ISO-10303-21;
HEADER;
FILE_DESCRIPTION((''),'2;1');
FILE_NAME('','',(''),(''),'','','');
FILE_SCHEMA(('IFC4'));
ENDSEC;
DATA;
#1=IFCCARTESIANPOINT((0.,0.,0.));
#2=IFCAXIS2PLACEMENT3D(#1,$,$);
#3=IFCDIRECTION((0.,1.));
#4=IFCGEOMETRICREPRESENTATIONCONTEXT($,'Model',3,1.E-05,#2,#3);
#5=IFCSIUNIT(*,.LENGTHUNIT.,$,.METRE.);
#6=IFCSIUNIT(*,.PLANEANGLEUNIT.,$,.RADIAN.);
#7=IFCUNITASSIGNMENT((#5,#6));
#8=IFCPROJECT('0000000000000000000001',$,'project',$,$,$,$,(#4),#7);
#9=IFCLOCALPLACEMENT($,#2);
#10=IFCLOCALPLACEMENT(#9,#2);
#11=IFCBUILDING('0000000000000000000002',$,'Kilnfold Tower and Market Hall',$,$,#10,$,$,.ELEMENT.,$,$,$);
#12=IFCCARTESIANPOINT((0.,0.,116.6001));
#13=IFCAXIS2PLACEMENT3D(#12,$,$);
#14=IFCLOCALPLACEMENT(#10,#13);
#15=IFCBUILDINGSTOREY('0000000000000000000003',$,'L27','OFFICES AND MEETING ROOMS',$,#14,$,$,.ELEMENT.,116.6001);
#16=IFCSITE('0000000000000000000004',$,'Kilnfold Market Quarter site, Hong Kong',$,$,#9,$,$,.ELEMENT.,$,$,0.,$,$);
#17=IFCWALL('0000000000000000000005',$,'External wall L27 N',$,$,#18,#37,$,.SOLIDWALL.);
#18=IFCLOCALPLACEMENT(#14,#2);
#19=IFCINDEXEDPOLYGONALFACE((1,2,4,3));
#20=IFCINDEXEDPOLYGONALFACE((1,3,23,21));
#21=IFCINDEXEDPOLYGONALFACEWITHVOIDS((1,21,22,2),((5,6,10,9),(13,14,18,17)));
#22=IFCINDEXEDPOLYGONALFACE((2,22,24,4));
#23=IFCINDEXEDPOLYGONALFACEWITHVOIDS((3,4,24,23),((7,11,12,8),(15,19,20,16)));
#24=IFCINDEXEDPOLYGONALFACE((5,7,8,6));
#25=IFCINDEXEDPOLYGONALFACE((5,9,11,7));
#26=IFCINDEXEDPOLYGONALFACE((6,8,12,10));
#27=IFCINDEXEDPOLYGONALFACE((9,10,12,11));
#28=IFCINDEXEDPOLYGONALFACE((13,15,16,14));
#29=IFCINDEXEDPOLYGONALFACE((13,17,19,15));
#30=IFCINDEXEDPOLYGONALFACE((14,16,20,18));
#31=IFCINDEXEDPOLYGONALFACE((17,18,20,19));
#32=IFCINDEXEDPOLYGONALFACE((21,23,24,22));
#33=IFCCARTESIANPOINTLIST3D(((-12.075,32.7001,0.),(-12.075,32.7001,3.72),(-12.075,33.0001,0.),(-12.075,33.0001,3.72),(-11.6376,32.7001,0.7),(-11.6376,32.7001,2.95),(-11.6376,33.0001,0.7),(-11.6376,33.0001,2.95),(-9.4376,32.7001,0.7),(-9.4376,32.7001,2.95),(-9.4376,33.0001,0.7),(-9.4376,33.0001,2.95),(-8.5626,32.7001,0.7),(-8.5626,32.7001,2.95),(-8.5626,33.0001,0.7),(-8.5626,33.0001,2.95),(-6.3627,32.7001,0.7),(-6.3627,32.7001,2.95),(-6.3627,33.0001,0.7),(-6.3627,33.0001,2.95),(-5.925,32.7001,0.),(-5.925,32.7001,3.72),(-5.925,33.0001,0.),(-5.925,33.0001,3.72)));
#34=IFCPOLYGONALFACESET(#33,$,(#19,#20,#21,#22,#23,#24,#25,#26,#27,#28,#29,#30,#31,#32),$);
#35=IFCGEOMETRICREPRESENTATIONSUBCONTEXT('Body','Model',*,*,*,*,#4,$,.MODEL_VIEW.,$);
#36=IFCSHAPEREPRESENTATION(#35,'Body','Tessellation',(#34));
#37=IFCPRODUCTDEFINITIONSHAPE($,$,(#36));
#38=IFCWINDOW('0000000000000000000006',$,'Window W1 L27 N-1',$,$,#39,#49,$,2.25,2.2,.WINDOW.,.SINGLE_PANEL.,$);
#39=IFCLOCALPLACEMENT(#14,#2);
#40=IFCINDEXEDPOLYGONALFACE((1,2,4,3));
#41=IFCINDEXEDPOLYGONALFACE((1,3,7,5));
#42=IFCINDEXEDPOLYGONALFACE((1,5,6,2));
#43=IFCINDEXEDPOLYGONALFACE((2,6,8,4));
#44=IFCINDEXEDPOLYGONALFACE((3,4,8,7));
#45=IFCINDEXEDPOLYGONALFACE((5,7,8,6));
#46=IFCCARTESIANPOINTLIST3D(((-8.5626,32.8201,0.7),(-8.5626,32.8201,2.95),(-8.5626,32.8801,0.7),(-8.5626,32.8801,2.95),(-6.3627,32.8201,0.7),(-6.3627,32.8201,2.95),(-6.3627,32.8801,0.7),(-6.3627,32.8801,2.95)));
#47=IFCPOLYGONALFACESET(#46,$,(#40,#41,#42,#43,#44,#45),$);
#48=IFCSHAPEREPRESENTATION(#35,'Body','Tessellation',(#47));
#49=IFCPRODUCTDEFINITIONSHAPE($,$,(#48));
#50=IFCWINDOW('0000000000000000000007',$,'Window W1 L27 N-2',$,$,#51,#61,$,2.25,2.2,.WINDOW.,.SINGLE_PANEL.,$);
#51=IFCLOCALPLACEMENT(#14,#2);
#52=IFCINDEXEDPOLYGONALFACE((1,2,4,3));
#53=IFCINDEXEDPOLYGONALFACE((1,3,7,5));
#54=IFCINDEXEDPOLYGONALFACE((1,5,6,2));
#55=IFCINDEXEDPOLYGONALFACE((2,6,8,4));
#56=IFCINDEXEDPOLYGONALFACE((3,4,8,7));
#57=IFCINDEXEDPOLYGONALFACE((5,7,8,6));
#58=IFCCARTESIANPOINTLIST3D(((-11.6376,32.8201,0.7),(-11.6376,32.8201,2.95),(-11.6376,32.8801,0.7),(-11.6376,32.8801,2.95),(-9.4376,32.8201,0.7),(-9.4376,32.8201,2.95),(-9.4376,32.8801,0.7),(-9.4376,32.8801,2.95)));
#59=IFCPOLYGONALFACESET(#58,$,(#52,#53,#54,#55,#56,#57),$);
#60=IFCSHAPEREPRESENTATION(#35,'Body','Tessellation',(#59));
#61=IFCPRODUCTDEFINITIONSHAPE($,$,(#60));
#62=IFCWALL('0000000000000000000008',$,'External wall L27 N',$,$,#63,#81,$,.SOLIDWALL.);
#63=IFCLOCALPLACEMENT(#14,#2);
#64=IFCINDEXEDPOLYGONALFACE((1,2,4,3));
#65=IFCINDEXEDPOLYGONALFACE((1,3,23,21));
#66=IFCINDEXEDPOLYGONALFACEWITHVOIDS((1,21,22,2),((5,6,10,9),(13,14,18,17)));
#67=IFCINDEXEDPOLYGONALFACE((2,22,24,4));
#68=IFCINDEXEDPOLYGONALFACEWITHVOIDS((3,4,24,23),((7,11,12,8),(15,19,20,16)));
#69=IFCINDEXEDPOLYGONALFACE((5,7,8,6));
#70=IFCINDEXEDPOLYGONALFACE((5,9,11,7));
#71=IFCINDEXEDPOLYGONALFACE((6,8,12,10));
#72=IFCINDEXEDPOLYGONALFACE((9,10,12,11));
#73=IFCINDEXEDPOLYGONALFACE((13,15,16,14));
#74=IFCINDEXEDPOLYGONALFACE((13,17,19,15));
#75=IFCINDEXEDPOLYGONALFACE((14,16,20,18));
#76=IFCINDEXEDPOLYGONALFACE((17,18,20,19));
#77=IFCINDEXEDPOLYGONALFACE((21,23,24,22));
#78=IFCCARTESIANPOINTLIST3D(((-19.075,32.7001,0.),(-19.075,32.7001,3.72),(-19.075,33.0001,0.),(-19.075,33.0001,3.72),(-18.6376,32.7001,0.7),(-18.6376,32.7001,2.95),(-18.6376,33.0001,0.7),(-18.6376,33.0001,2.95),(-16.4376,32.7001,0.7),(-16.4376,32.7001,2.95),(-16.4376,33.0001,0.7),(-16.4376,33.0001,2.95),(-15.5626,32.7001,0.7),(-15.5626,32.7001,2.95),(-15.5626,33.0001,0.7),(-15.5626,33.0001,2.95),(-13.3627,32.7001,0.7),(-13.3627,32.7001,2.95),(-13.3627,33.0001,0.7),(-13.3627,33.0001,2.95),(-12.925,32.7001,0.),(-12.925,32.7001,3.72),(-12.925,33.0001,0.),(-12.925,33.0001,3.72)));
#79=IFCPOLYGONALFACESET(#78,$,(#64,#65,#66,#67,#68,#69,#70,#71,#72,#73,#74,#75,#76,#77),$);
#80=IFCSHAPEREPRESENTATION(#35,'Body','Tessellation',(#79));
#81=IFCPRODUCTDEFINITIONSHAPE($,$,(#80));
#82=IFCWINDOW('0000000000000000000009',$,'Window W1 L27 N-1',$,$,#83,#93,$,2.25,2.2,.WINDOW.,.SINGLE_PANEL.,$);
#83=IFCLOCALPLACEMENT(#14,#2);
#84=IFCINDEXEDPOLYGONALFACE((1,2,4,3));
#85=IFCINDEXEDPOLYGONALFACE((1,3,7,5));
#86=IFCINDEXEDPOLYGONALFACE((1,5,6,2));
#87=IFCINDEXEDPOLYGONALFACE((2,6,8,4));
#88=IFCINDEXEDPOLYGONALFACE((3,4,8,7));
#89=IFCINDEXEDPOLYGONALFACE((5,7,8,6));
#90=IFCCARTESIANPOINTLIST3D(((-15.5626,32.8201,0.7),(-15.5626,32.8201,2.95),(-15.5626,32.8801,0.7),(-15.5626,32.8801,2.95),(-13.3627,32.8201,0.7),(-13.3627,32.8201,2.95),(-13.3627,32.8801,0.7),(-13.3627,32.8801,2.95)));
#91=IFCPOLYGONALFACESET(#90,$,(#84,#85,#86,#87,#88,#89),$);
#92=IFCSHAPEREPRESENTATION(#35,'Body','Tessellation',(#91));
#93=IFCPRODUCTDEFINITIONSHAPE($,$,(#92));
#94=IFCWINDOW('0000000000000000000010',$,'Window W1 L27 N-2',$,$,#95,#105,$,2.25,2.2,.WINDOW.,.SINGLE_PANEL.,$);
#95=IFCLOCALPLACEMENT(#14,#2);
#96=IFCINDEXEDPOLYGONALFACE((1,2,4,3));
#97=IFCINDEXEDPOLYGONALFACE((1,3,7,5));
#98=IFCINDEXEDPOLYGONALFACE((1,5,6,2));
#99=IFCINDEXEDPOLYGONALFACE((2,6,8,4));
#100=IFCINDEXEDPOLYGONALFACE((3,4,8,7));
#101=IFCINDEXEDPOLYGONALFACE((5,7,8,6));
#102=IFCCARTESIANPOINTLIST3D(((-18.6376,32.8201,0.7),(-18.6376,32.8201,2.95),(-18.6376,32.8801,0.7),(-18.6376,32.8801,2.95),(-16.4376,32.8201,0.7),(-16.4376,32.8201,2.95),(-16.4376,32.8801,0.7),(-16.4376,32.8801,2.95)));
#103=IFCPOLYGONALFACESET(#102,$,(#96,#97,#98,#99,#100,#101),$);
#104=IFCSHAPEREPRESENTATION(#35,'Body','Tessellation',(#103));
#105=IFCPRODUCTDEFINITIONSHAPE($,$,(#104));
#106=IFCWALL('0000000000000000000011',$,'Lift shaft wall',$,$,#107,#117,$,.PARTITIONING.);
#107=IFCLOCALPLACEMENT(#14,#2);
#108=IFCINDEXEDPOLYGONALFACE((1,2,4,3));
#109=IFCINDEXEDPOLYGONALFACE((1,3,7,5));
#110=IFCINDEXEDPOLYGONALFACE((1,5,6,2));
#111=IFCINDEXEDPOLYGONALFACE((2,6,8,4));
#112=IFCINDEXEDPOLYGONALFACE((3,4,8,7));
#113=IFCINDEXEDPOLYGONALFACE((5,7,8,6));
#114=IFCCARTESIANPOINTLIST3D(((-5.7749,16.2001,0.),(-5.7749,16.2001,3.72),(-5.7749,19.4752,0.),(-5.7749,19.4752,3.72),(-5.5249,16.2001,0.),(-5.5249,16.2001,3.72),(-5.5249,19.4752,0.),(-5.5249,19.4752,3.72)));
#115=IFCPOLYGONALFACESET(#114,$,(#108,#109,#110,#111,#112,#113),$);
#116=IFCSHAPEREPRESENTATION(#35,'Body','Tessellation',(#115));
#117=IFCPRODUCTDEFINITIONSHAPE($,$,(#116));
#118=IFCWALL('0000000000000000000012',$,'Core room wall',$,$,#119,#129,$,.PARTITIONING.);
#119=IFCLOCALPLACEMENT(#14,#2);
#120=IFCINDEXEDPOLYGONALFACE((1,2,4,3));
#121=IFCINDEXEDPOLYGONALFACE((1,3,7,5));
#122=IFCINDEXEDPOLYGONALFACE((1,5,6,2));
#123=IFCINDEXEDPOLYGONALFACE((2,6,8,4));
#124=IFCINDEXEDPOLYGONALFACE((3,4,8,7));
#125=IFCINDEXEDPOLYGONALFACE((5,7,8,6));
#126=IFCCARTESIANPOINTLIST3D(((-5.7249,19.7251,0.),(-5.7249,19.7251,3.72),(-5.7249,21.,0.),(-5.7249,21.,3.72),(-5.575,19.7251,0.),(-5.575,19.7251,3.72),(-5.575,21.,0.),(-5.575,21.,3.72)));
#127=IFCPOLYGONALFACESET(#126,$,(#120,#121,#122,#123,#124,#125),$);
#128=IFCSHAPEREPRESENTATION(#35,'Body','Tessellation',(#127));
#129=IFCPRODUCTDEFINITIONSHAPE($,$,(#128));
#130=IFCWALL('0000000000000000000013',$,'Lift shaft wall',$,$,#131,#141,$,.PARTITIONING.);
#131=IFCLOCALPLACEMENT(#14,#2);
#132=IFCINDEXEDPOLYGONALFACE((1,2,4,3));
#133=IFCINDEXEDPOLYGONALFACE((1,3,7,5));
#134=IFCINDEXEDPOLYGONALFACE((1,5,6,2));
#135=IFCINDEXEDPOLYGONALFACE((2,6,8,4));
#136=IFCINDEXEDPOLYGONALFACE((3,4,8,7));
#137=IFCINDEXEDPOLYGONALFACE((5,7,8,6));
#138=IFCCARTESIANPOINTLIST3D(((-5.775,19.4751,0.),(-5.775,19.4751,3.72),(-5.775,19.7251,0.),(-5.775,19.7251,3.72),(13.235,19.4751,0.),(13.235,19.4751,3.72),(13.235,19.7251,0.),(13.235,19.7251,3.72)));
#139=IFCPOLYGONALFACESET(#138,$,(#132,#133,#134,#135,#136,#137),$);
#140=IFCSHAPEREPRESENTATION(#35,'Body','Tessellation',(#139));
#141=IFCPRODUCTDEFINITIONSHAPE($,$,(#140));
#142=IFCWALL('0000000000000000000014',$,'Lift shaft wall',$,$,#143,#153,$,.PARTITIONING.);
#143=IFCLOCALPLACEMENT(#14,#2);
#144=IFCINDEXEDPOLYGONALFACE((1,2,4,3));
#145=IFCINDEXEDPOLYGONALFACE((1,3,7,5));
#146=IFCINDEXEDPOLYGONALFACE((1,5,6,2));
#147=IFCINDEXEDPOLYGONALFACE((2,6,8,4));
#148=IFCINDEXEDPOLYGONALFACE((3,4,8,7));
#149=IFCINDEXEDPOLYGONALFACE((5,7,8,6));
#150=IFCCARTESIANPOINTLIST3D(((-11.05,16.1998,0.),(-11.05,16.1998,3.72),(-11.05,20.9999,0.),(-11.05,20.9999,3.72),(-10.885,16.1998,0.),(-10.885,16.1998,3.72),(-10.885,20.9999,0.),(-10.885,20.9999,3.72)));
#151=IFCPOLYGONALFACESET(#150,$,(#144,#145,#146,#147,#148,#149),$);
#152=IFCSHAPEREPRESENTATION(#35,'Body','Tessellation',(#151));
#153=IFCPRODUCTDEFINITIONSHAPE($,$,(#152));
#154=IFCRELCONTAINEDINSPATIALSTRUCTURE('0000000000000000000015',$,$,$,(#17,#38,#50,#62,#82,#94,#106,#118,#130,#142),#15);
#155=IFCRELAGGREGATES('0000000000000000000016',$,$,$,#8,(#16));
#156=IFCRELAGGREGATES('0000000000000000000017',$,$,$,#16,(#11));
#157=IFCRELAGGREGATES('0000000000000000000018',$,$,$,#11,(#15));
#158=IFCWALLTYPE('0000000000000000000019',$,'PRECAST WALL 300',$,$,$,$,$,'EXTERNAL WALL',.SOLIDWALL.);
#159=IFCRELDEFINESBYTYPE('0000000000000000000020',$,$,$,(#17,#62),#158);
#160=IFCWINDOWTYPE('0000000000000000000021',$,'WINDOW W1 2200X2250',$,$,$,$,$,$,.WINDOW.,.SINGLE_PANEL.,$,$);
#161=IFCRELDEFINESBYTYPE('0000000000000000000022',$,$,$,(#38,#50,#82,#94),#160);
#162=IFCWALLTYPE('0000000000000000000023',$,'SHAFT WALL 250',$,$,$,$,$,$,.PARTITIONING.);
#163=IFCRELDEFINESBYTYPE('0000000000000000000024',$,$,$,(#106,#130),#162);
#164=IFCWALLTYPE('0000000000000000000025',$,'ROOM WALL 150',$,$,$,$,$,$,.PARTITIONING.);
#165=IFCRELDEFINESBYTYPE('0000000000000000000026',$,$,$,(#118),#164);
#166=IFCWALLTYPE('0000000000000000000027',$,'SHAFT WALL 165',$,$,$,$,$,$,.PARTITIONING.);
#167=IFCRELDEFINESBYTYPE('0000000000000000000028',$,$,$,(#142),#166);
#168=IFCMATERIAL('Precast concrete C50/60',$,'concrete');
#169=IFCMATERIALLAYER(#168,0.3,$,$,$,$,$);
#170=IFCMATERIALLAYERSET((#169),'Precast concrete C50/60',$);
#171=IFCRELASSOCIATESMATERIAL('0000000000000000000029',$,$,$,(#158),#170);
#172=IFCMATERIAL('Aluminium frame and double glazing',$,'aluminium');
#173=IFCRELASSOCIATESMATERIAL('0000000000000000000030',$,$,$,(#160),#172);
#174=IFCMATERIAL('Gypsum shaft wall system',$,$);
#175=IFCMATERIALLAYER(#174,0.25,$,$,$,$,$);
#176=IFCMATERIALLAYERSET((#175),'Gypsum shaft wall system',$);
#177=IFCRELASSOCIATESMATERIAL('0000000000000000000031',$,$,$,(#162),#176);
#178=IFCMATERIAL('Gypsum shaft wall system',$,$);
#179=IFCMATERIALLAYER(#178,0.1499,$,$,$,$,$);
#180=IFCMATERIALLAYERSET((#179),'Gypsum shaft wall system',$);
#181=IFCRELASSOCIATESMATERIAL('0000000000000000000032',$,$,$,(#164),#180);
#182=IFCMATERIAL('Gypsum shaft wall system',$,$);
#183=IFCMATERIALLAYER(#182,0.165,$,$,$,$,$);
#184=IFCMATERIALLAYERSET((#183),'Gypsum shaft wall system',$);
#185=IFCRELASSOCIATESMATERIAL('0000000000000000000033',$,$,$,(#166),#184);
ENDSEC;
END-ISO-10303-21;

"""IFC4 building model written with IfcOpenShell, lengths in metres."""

from ifc_helpers import new_model, si_unit, direction, frame, frame_2d, origin, place, context, subcontext, project, spatial, rectangle, extrude, source, transform, mapped, material, layer, layer_set, type_object, element, fill, save


model = new_model("IFC4")

# Units and contexts
model_context = context("Model", 3, precision=1e-05, world=origin(), true_north=direction((0.0, 1.0)))
body_context = subcontext(model_context, "Body", "Model", "MODEL_VIEW")
ifc_project = project(units=[si_unit("LENGTHUNIT", "METRE"), si_unit("PLANEANGLEUNIT", "RADIAN")], contexts=[model_context])

# Site, building, storey
site_placement = place(None, origin())
site = spatial("IfcSite", under=ifc_project, at=site_placement, Name="Kilnfold Market Quarter site, Hong Kong", CompositionType="ELEMENT", RefElevation=0.0)
building_placement = place(site_placement, origin())
building = spatial("IfcBuilding", under=site, at=building_placement, Name="Kilnfold Tower and Market Hall", CompositionType="ELEMENT")
storey_placement = place(building_placement, frame((0.0, 0.0, 116.6001)))
storey = spatial("IfcBuildingStorey", under=building, at=storey_placement, Name="L27", Description="OFFICES AND MEETING ROOMS", CompositionType="ELEMENT", Elevation=116.6001)

# Walls, openings, windows
ifc_material_1 = material(Name="Precast concrete C50/60", Category="concrete")
ifc_layer_1 = layer(ifc_material_1, 0.3)
ifc_layer_set_1 = layer_set([ifc_layer_1], Name="Precast concrete C50/60")
wall_type_1 = type_object("IfcWallType", Name="PRECAST WALL 300", ElementType="EXTERNAL WALL", PredefinedType="SOLIDWALL", material=ifc_layer_set_1)
shared_shape_1 = source(origin(), body_context, "Body", "SweptSolid", [
    extrude(rectangle(XDim=6.1499, YDim=0.3, at=frame_2d((3.075, 0.0))), origin(), (0.0, 0.0, 1.0), 3.72),
])
wall_1_placement = place(storey_placement, frame((-5.925, 32.8501, 0.0), z_axis=(0.0, 0.0, 1.0), x_axis=(-1.0, 0.0, 0.0)))
wall_1 = element("IfcWall", 1, at=wall_1_placement, inside=storey, type_object=wall_type_1, Name="External wall L27 N", PredefinedType="SOLIDWALL", context=body_context, shape_type="MappedRepresentation", body=[
    mapped(shared_shape_1, transform((0.0, 0.0, 0.0))),
])
opening_1_placement = place(wall_1_placement, frame((0.4375, 0.0, 0.7)))
opening_1 = element("IfcOpeningElement", 2, at=opening_1_placement, cuts=wall_1, PredefinedType="OPENING", context=body_context, shape_type="SweptSolid", body=[
    extrude(rectangle(XDim=2.2, YDim=2.25, at=frame_2d((1.1001, 1.125))), frame((0.0, 0.1602, 0.0), z_axis=(0.0, -1.0, 0.0), x_axis=(1.0, 0.0, 0.0)), (0.0, 0.0, 1.0), 0.3201),
])
opening_2_placement = place(wall_1_placement, frame((3.5125, 0.0, 0.7)))
opening_2 = element("IfcOpeningElement", 3, at=opening_2_placement, cuts=wall_1, PredefinedType="OPENING", context=body_context, shape_type="SweptSolid", body=[
    extrude(rectangle(XDim=2.2, YDim=2.25, at=frame_2d((1.1001, 1.125))), frame((0.0, 0.1602, 0.0), z_axis=(0.0, -1.0, 0.0), x_axis=(1.0, 0.0, 0.0)), (0.0, 0.0, 1.0), 0.3201),
])
ifc_material_2 = material(Name="Aluminium frame and double glazing", Category="aluminium")
window_type = type_object("IfcWindowType", Name="WINDOW W1 2200X2250", PartitioningType="SINGLE_PANEL", PredefinedType="WINDOW", material=ifc_material_2)
window_1_placement = place(opening_1_placement, origin())
window_1 = element("IfcWindow", 4, at=window_1_placement, inside=storey, type_object=window_type, Name="Window W1 L27 N-1", OverallHeight=2.25, OverallWidth=2.2, PartitioningType="SINGLE_PANEL", PredefinedType="WINDOW", context=body_context, shape_type="SweptSolid", body=[
    extrude(rectangle(XDim=2.2, YDim=2.25, at=frame_2d((1.1001, 1.125))), frame((0.0, 0.03, 0.0), z_axis=(0.0, -1.0, 0.0), x_axis=(1.0, 0.0, 0.0)), (0.0, 0.0, 1.0), 0.0601),
])
fill(opening_1, window_1)
window_2_placement = place(opening_2_placement, origin())
window_2 = element("IfcWindow", 5, at=window_2_placement, inside=storey, type_object=window_type, Name="Window W1 L27 N-2", OverallHeight=2.25, OverallWidth=2.2, PartitioningType="SINGLE_PANEL", PredefinedType="WINDOW", context=body_context, shape_type="SweptSolid", body=[
    extrude(rectangle(XDim=2.2, YDim=2.25, at=frame_2d((1.1001, 1.125))), frame((0.0, 0.03, 0.0), z_axis=(0.0, -1.0, 0.0), x_axis=(1.0, 0.0, 0.0)), (0.0, 0.0, 1.0), 0.0601),
])
fill(opening_2, window_2)
wall_2_placement = place(storey_placement, frame((-12.925, 32.8501, 0.0), z_axis=(0.0, 0.0, 1.0), x_axis=(-1.0, 0.0, 0.0)))
wall_2 = element("IfcWall", 6, at=wall_2_placement, inside=storey, type_object=wall_type_1, Name="External wall L27 N", PredefinedType="SOLIDWALL", context=body_context, shape_type="MappedRepresentation", body=[
    mapped(shared_shape_1, transform((0.0, 0.0, 0.0))),
])
opening_3_placement = place(wall_2_placement, frame((0.4375, 0.0, 0.7)))
opening_3 = element("IfcOpeningElement", 7, at=opening_3_placement, cuts=wall_2, PredefinedType="OPENING", context=body_context, shape_type="SweptSolid", body=[
    extrude(rectangle(XDim=2.2, YDim=2.25, at=frame_2d((1.1001, 1.125))), frame((0.0, 0.1602, 0.0), z_axis=(0.0, -1.0, 0.0), x_axis=(1.0, 0.0, 0.0)), (0.0, 0.0, 1.0), 0.3201),
])
opening_4_placement = place(wall_2_placement, frame((3.5125, 0.0, 0.7)))
opening_4 = element("IfcOpeningElement", 8, at=opening_4_placement, cuts=wall_2, PredefinedType="OPENING", context=body_context, shape_type="SweptSolid", body=[
    extrude(rectangle(XDim=2.2, YDim=2.25, at=frame_2d((1.1001, 1.125))), frame((0.0, 0.1602, 0.0), z_axis=(0.0, -1.0, 0.0), x_axis=(1.0, 0.0, 0.0)), (0.0, 0.0, 1.0), 0.3201),
])
window_3_placement = place(opening_3_placement, origin())
window_3 = element("IfcWindow", 9, at=window_3_placement, inside=storey, type_object=window_type, Name="Window W1 L27 N-1", OverallHeight=2.25, OverallWidth=2.2, PartitioningType="SINGLE_PANEL", PredefinedType="WINDOW", context=body_context, shape_type="SweptSolid", body=[
    extrude(rectangle(XDim=2.2, YDim=2.25, at=frame_2d((1.1001, 1.125))), frame((0.0, 0.03, 0.0), z_axis=(0.0, -1.0, 0.0), x_axis=(1.0, 0.0, 0.0)), (0.0, 0.0, 1.0), 0.0601),
])
fill(opening_3, window_3)
window_4_placement = place(opening_4_placement, origin())
window_4 = element("IfcWindow", 10, at=window_4_placement, inside=storey, type_object=window_type, Name="Window W1 L27 N-2", OverallHeight=2.25, OverallWidth=2.2, PartitioningType="SINGLE_PANEL", PredefinedType="WINDOW", context=body_context, shape_type="SweptSolid", body=[
    extrude(rectangle(XDim=2.2, YDim=2.25, at=frame_2d((1.1001, 1.125))), frame((0.0, 0.03, 0.0), z_axis=(0.0, -1.0, 0.0), x_axis=(1.0, 0.0, 0.0)), (0.0, 0.0, 1.0), 0.0601),
])
fill(opening_4, window_4)

# Walls
ifc_material_3 = material(Name="Gypsum shaft wall system")
ifc_layer_2 = layer(ifc_material_3, 0.25)
ifc_layer_set_2 = layer_set([ifc_layer_2], Name="Gypsum shaft wall system")
wall_type_2 = type_object("IfcWallType", Name="SHAFT WALL 250", PredefinedType="PARTITIONING", material=ifc_layer_set_2)
shared_shape_2 = source(origin(), body_context, "Body", "SweptSolid", [
    extrude(rectangle(XDim=3.2751, YDim=0.25, at=frame_2d((1.6377, 0.0))), origin(), (0.0, 0.0, 1.0), 3.72),
])
wall_3_placement = place(storey_placement, frame((-5.6499, 16.2, 0.0), z_axis=(0.0, 0.0, 1.0), x_axis=(0.0, 1.0, 0.0)))
element("IfcWall", 11, at=wall_3_placement, inside=storey, type_object=wall_type_2, Name="Lift shaft wall", PredefinedType="PARTITIONING", context=body_context, shape_type="MappedRepresentation", body=[
    mapped(shared_shape_2, transform((0.0, 0.0, 0.0))),
])
ifc_material_4 = material(Name="Gypsum shaft wall system")
ifc_layer_3 = layer(ifc_material_4, 0.1499)
ifc_layer_set_3 = layer_set([ifc_layer_3], Name="Gypsum shaft wall system")
wall_type_3 = type_object("IfcWallType", Name="ROOM WALL 150", PredefinedType="PARTITIONING", material=ifc_layer_set_3)
shared_shape_3 = source(origin(), body_context, "Body", "SweptSolid", [
    extrude(rectangle(XDim=1.2749, YDim=0.1499, at=frame_2d((0.6375, 0.0))), origin(), (0.0, 0.0, 1.0), 3.72),
])
wall_4_placement = place(storey_placement, frame((-5.6499, 19.7251, 0.0), z_axis=(0.0, 0.0, 1.0), x_axis=(0.0, 1.0, 0.0)))
element("IfcWall", 12, at=wall_4_placement, inside=storey, type_object=wall_type_3, Name="Core room wall", PredefinedType="PARTITIONING", context=body_context, shape_type="MappedRepresentation", body=[
    mapped(shared_shape_3, transform((0.0, 0.0, 0.0))),
])
shared_shape_4 = source(origin(), body_context, "Body", "SweptSolid", [
    extrude(rectangle(XDim=19.01, YDim=0.25, at=frame_2d((9.5049, 0.0))), origin(), (0.0, 0.0, 1.0), 3.72),
])
wall_5_placement = place(storey_placement, frame((-5.7749, 19.6001, 0.0), z_axis=(0.0, 0.0, 1.0), x_axis=(1.0, 0.0, 0.0)))
element("IfcWall", 13, at=wall_5_placement, inside=storey, type_object=wall_type_2, Name="Lift shaft wall", PredefinedType="PARTITIONING", context=body_context, shape_type="MappedRepresentation", body=[
    mapped(shared_shape_4, transform((0.0, 0.0, 0.0))),
])
ifc_material_5 = material(Name="Gypsum shaft wall system")
ifc_layer_4 = layer(ifc_material_5, 0.165)
ifc_layer_set_4 = layer_set([ifc_layer_4], Name="Gypsum shaft wall system")
wall_type_4 = type_object("IfcWallType", Name="SHAFT WALL 165", PredefinedType="PARTITIONING", material=ifc_layer_set_4)
shared_shape_5 = source(origin(), body_context, "Body", "SweptSolid", [
    extrude(rectangle(XDim=4.8, YDim=0.165, at=frame_2d((2.3999, 0.0))), origin(), (0.0, 0.0, 1.0), 3.72),
])
wall_6_placement = place(storey_placement, frame((-10.9675, 16.2, 0.0), z_axis=(0.0, 0.0, 1.0), x_axis=(0.0, 1.0, 0.0)))
element("IfcWall", 14, at=wall_6_placement, inside=storey, type_object=wall_type_4, Name="Lift shaft wall", PredefinedType="PARTITIONING", context=body_context, shape_type="MappedRepresentation", body=[
    mapped(shared_shape_5, transform((0.0, 0.0, 0.0))),
])

save(model, "model.ifc")
